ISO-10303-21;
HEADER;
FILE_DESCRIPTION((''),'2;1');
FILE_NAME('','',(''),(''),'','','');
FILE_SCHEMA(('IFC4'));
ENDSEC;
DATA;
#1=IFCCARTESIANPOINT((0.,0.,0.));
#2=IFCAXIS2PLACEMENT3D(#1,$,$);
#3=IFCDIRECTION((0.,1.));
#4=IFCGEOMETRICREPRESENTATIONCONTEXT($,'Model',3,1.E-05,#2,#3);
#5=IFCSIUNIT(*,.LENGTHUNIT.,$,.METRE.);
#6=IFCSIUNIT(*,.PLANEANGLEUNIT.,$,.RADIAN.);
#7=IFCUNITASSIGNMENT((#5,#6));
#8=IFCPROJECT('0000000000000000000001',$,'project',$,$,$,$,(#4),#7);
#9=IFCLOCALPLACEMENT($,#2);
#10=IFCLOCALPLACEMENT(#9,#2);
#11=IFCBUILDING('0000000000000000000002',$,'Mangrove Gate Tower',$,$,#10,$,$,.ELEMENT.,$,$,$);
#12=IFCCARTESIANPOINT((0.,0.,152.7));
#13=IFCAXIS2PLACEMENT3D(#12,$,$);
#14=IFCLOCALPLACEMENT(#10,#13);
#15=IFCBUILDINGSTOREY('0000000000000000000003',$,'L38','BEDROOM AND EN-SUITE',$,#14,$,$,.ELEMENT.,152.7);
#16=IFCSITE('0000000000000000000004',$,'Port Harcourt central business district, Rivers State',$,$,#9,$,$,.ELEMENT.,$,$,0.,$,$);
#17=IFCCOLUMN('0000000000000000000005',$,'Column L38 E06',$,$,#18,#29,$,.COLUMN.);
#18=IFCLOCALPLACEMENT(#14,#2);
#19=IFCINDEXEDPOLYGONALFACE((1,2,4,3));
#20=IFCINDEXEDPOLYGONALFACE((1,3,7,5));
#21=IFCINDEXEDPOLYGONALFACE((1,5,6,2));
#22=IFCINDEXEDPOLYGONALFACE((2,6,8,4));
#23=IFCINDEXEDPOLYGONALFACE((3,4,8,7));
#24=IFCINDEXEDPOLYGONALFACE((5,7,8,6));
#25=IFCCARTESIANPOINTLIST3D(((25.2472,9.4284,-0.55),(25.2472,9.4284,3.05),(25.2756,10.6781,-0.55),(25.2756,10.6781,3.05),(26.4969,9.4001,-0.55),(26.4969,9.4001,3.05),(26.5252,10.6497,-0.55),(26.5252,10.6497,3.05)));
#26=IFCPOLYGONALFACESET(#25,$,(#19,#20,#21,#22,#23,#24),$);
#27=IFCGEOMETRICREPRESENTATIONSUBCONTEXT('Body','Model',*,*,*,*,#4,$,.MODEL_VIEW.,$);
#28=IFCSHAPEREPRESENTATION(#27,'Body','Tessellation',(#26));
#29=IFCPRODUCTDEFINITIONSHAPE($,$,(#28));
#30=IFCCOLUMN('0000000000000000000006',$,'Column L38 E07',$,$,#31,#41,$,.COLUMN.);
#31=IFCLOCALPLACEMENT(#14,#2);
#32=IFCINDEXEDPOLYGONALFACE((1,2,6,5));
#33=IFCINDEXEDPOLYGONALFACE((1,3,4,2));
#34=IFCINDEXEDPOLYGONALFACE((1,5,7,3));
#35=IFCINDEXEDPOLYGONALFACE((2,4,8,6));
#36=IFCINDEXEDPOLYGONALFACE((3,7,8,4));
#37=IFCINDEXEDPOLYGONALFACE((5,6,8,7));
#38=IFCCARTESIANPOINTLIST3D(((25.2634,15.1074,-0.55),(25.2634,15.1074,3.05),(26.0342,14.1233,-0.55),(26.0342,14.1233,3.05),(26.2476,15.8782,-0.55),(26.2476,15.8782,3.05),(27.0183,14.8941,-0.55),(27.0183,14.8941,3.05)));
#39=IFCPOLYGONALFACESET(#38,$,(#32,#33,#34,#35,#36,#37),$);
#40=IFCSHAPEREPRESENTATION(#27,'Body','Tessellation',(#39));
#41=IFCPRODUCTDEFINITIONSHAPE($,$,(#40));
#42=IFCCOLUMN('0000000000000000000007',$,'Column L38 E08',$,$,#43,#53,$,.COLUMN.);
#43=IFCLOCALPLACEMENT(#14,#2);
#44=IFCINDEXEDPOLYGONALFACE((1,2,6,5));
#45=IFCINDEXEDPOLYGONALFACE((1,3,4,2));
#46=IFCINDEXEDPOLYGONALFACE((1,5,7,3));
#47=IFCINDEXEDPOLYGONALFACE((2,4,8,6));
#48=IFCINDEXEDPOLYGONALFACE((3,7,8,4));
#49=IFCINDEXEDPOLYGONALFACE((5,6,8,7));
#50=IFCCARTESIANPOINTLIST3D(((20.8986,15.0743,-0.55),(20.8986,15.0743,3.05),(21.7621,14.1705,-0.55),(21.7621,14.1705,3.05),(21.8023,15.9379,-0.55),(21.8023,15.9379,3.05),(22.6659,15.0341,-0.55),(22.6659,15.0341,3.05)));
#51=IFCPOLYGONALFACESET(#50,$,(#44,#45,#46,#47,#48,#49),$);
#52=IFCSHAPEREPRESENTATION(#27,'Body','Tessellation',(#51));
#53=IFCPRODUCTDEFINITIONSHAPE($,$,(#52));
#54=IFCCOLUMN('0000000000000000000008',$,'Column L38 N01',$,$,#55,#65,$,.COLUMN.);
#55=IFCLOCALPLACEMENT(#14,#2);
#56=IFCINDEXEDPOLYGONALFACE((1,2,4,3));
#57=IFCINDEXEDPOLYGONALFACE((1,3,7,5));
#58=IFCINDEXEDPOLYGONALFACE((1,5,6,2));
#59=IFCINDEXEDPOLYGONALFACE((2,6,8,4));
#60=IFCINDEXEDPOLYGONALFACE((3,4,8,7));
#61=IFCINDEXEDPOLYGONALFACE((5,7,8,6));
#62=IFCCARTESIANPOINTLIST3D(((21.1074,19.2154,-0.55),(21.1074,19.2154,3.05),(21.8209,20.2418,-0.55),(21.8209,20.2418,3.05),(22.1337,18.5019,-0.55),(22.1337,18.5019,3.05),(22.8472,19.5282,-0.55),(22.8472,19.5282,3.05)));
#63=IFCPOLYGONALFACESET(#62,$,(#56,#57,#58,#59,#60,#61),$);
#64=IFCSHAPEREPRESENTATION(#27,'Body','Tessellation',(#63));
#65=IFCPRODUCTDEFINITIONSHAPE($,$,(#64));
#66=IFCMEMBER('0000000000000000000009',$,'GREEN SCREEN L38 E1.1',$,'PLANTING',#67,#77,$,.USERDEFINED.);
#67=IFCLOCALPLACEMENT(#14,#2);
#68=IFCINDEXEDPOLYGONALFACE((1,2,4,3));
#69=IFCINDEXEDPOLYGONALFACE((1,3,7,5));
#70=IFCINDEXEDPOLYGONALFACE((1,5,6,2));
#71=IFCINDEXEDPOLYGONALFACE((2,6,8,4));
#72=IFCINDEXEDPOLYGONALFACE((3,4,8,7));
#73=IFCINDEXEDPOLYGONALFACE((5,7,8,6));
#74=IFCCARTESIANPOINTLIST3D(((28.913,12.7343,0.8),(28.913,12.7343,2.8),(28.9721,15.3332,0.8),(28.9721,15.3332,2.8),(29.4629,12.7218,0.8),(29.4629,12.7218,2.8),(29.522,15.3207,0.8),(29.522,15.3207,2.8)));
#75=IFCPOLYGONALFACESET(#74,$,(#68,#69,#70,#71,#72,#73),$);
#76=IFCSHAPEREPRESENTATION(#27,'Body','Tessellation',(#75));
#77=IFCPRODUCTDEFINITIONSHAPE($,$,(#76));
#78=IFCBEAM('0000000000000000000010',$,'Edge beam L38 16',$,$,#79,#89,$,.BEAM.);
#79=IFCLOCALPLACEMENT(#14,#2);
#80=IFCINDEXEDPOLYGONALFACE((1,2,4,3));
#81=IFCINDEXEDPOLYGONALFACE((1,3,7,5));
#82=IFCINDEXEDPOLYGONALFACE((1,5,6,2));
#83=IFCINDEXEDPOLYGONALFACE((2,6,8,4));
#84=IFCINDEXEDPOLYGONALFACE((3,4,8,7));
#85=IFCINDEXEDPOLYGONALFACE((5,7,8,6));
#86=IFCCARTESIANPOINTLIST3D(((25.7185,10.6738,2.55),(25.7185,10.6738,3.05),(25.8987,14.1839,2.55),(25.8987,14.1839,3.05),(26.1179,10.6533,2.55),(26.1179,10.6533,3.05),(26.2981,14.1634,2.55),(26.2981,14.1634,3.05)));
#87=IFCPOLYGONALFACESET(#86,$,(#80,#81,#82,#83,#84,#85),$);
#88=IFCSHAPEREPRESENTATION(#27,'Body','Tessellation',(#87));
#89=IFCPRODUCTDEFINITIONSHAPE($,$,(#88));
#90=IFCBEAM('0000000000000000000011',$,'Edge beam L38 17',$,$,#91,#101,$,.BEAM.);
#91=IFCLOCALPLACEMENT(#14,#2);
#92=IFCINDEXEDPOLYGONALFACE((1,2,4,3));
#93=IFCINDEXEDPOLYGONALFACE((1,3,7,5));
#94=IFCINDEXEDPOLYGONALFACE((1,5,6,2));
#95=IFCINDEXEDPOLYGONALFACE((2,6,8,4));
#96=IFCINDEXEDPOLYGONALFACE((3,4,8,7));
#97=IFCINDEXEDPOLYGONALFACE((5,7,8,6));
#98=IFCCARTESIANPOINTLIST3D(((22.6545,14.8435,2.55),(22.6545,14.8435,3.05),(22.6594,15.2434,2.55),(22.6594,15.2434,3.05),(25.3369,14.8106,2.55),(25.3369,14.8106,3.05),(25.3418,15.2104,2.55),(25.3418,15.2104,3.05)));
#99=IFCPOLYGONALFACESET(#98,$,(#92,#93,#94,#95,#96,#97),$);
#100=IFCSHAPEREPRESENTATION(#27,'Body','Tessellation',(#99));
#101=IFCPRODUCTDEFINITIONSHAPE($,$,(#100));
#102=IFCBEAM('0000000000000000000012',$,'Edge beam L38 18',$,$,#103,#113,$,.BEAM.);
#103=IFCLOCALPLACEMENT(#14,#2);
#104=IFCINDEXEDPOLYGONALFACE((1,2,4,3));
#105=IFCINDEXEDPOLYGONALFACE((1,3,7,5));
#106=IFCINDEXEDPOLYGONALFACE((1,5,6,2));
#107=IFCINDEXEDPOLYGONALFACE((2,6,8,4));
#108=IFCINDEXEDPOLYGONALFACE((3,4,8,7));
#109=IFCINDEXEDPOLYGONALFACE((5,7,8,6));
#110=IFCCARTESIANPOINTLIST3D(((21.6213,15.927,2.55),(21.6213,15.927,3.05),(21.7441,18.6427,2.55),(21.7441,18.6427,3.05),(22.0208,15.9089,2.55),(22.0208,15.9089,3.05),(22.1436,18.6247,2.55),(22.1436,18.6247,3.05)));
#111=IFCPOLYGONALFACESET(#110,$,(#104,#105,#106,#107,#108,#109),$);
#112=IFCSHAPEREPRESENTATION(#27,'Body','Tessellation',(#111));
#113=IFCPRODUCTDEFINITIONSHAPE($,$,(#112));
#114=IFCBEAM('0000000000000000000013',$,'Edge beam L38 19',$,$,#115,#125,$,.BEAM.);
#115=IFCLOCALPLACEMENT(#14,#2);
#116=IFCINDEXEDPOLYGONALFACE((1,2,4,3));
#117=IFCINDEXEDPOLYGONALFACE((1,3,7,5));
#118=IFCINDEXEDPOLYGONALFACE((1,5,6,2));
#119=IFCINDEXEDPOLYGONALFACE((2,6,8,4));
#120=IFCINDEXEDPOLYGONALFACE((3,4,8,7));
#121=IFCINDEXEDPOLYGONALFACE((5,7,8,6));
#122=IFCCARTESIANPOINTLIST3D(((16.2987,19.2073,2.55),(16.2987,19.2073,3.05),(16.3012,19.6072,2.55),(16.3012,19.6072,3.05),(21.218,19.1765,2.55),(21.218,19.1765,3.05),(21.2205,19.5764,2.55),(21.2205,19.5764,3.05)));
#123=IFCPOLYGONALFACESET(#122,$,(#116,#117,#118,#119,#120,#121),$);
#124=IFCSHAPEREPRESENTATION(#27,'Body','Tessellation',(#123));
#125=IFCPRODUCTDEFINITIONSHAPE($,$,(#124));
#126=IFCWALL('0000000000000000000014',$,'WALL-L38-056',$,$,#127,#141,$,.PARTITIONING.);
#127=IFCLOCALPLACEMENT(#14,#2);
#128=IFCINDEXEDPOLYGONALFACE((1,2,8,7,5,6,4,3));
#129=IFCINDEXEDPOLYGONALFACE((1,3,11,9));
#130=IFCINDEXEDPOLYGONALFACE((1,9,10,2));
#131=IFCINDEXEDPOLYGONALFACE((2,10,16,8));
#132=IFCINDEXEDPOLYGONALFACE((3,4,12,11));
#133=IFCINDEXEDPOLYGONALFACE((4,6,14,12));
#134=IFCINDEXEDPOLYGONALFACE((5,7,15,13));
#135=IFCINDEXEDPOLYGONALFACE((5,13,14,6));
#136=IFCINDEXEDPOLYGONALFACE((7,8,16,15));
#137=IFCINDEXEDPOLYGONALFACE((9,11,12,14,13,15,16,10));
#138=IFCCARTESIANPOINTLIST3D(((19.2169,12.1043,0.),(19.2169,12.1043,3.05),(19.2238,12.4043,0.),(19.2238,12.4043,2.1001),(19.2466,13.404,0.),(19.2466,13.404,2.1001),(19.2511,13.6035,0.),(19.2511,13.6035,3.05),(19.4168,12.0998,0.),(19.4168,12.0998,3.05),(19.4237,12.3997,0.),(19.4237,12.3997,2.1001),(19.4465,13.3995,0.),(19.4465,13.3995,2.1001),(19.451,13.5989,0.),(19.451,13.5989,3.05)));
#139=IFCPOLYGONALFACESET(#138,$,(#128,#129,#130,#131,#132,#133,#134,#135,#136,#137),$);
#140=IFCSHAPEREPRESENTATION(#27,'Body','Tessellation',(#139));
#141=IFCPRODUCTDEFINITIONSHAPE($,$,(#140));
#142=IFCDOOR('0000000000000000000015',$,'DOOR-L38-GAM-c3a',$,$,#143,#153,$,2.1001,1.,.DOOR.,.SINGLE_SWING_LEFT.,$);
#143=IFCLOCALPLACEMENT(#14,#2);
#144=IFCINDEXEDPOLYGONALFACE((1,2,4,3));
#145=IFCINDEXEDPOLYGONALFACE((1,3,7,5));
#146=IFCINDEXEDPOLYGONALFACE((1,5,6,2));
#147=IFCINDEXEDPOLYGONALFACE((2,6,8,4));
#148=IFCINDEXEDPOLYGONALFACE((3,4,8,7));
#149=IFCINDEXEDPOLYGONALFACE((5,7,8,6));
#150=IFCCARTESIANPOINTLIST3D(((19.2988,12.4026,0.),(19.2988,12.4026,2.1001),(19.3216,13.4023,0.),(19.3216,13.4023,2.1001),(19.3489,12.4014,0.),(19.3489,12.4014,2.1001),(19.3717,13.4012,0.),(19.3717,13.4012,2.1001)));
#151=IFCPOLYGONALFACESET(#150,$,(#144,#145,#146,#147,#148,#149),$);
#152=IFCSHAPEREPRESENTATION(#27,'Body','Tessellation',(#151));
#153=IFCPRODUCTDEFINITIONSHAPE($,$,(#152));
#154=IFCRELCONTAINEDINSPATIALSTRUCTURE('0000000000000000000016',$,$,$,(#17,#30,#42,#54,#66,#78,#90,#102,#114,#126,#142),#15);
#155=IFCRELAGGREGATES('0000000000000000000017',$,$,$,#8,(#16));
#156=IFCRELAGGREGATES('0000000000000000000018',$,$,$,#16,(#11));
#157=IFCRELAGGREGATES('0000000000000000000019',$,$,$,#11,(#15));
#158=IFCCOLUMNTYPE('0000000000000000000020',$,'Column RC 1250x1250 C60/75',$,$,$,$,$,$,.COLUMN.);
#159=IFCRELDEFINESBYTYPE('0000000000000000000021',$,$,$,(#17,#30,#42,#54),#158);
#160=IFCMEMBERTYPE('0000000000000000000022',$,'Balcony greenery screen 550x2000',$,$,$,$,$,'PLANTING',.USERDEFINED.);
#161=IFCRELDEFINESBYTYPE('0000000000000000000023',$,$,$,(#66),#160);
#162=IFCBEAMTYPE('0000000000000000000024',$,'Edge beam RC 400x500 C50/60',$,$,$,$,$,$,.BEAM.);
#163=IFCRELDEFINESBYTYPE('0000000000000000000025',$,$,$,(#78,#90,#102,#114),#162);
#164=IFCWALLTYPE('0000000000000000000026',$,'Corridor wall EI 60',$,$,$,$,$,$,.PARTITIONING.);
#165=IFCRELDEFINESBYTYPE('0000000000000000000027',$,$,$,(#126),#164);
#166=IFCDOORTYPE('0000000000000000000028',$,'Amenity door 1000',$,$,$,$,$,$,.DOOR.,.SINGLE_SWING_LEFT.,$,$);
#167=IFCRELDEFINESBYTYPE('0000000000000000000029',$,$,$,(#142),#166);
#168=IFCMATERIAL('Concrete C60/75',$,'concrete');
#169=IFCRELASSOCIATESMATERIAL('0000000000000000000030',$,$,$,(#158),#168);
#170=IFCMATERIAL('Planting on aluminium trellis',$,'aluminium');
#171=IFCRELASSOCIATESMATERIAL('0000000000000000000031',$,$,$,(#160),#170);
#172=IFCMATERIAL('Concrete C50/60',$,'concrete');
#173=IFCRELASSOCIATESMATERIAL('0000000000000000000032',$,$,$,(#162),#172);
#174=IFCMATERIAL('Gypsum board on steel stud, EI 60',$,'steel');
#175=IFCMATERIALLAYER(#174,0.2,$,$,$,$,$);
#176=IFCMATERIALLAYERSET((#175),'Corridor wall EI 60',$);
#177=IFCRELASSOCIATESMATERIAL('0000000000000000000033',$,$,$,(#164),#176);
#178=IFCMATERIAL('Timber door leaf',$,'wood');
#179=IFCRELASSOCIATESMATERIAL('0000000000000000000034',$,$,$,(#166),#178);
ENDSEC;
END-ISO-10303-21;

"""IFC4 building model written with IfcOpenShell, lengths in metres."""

from ifc_helpers import new_model, si_unit, direction, frame, frame_2d, origin, origin_2d, place, context, subcontext, project, spatial, rectangle, extrude, material, layer, layer_set, material_profile, profile_set, type_object, element, fill, save


model = new_model("IFC4")

# Units and contexts
model_context = context("Model", 3, precision=1e-05, world=origin(), true_north=direction((0.0, 1.0)))
body_context = subcontext(model_context, "Body", "Model", "MODEL_VIEW")
ifc_project = project(units=[si_unit("LENGTHUNIT", "METRE"), si_unit("PLANEANGLEUNIT", "RADIAN")], contexts=[model_context])

# Site, building, storey
site_placement = place(None, origin())
site = spatial("IfcSite", under=ifc_project, at=site_placement, Name="Port Harcourt central business district, Rivers State", CompositionType="ELEMENT", RefElevation=0.0)
building_placement = place(site_placement, origin())
building = spatial("IfcBuilding", under=site, at=building_placement, Name="Mangrove Gate Tower", CompositionType="ELEMENT")
storey_placement = place(building_placement, frame((0.0, 0.0, 152.7)))
storey = spatial("IfcBuildingStorey", under=building, at=storey_placement, Name="L38", Description="BEDROOM AND EN-SUITE", CompositionType="ELEMENT", Elevation=152.7)

# Columns
ifc_material_1 = material(Name="Concrete C60/75", Category="concrete")
ifc_material_profile_1 = material_profile(ifc_material_1, rectangle(XDim=1.25, YDim=1.25, at=origin_2d()))
ifc_profile_set_1 = profile_set([ifc_material_profile_1], Name="Concrete C60/75")
column_type = type_object("IfcColumnType", Name="Column RC 1250x1250 C60/75", PredefinedType="COLUMN", material=ifc_profile_set_1)
for number, where, z_axis, x_axis, name in (
    (1, (25.8862, 10.0391, -0.55), (0.0, 0.0, 1.0), (0.02266, 0.999743, 0.0), "Column L38 E06"),
    (2, (26.1409, 15.0007, -0.55), (0.0, 0.0, 1.0), (-0.616592, 0.787283, 0.0), "Column L38 E07"),
    (3, (21.7822, 15.0542, -0.55), (0.0, 0.0, 1.0), (-0.690854, 0.722994, 0.0), "Column L38 E08"),
    (4, (21.9773, 19.3718, -0.55), (0.0, 0.0, 1.0), (-0.821084, 0.570807, 0.0), "Column L38 N01"),
):
    element("IfcColumn", number, at=place(storey_placement, frame(where, z_axis=z_axis, x_axis=x_axis)), inside=storey, type_object=column_type, Name=name, PredefinedType="COLUMN", context=body_context, shape_type="SweptSolid", body=[
        extrude(rectangle(XDim=1.25, YDim=1.25, at=origin_2d()), origin(), (0.0, 0.0, 1.0), 3.6001),
    ])

# Member
ifc_material_2 = material(Name="Planting on aluminium trellis", Category="aluminium")
ifc_material_profile_2 = material_profile(ifc_material_2, rectangle(XDim=0.55, YDim=2.0, at=origin_2d()))
ifc_profile_set_2 = profile_set([ifc_material_profile_2], Name="Planting on aluminium trellis")
member_type = type_object("IfcMemberType", Name="Balcony greenery screen 550x2000", ElementType="PLANTING", PredefinedType="USERDEFINED", material=ifc_profile_set_2)
member_placement = place(storey_placement, frame((29.188, 12.728, 1.8), z_axis=(0.022728, 0.999742, 0.0), x_axis=(-0.999742, 0.022728, 0.0)))
element("IfcMember", 5, at=member_placement, inside=storey, type_object=member_type, Name="GREEN SCREEN L38 E1.1", ObjectType="PLANTING", PredefinedType="USERDEFINED", context=body_context, shape_type="SweptSolid", body=[
    extrude(rectangle(XDim=0.55, YDim=2.0, at=origin_2d()), origin(), (0.0, 0.0, 1.0), 2.5996),
])

# Beams
ifc_material_3 = material(Name="Concrete C50/60", Category="concrete")
ifc_material_profile_3 = material_profile(ifc_material_3, rectangle(XDim=0.3999, YDim=0.5, at=origin_2d()))
ifc_profile_set_3 = profile_set([ifc_material_profile_3], Name="Concrete C50/60")
beam_type = type_object("IfcBeamType", Name="Edge beam RC 400x500 C50/60", PredefinedType="BEAM", material=ifc_profile_set_3)
beam_1_placement = place(storey_placement, frame((25.9182, 10.6636, 2.8), z_axis=(0.051264, 0.998685, 0.0), x_axis=(-0.998685, 0.051264, 0.0)))
element("IfcBeam", 6, at=beam_1_placement, inside=storey, type_object=beam_type, Name="Edge beam L38 16", PredefinedType="BEAM", context=body_context, shape_type="SweptSolid", body=[
    extrude(rectangle(XDim=0.3999, YDim=0.5, at=origin_2d()), origin(), (0.0, 0.0, 1.0), 3.5146),
])
beam_2_placement = place(storey_placement, frame((25.3394, 15.0105, 2.8), z_axis=(-0.999925, 0.012286, 0.0), x_axis=(-0.012286, -0.999925, 0.0)))
element("IfcBeam", 7, at=beam_2_placement, inside=storey, type_object=beam_type, Name="Edge beam L38 17", PredefinedType="BEAM", context=body_context, shape_type="SweptSolid", body=[
    extrude(rectangle(XDim=0.3999, YDim=0.5, at=origin_2d()), origin(), (0.0, 0.0, 1.0), 2.6826),
])
beam_3_placement = place(storey_placement, frame((21.821, 15.918, 2.8), z_axis=(0.045171, 0.998979, 0.0), x_axis=(-0.998979, 0.045171, 0.0)))
element("IfcBeam", 8, at=beam_3_placement, inside=storey, type_object=beam_type, Name="Edge beam L38 18", PredefinedType="BEAM", context=body_context, shape_type="SweptSolid", body=[
    extrude(rectangle(XDim=0.3999, YDim=0.5, at=origin_2d()), origin(), (0.0, 0.0, 1.0), 2.7185),
])
beam_4_placement = place(storey_placement, frame((21.2192, 19.3765, 2.8), z_axis=(-0.99998, 0.006253, 0.0), x_axis=(-0.006253, -0.99998, 0.0)))
element("IfcBeam", 9, at=beam_4_placement, inside=storey, type_object=beam_type, Name="Edge beam L38 19", PredefinedType="BEAM", context=body_context, shape_type="SweptSolid", body=[
    extrude(rectangle(XDim=0.3999, YDim=0.5, at=origin_2d()), origin(), (0.0, 0.0, 1.0), 4.9194),
])

# Wall, opening, door
ifc_material_4 = material(Name="Gypsum board on steel stud, EI 60", Category="steel")
ifc_layer_1 = layer(ifc_material_4, 0.2)
ifc_layer_set_1 = layer_set([ifc_layer_1], Name="Corridor wall EI 60")
wall_type_1 = type_object("IfcWallType", Name="Corridor wall EI 60", PredefinedType="PARTITIONING", material=ifc_layer_set_1)
wall_1_placement = place(storey_placement, frame((19.3169, 12.1021, 0.0), z_axis=(0.0, 0.0, 1.0), x_axis=(0.022795, 0.99974, 0.0)))
wall_1 = element("IfcWall", 10, at=wall_1_placement, inside=storey, type_object=wall_type_1, Name="WALL-L38-056", PredefinedType="PARTITIONING", context=body_context, shape_type="SweptSolid", body=[
    extrude(rectangle(XDim=1.4995, YDim=0.2, at=frame_2d((0.7498, 0.0))), origin(), (0.0, 0.0, 1.0), 3.05),
])
opening_1_placement = place(wall_1_placement, frame((0.3, 0.0, 0.0)))
opening_1 = element("IfcOpeningElement", 11, at=opening_1_placement, cuts=wall_1, PredefinedType="OPENING", context=body_context, shape_type="SweptSolid", body=[
    extrude(rectangle(XDim=1.0, YDim=2.1001, at=frame_2d((0.5, 1.05))), frame((0.0, 0.1099, 0.0), z_axis=(0.0, -1.0, 0.0), x_axis=(1.0, 0.0, 0.0)), (0.0, 0.0, 1.0), 0.22),
])
ifc_material_5 = material(Name="Timber door leaf", Category="wood")
door_type_1 = type_object("IfcDoorType", Name="Amenity door 1000", OperationType="SINGLE_SWING_LEFT", PredefinedType="DOOR", material=ifc_material_5)
door_1_placement = place(opening_1_placement, origin())
door_1 = element("IfcDoor", 12, at=door_1_placement, inside=storey, type_object=door_type_1, Name="DOOR-L38-GAM-c3a", OperationType="SINGLE_SWING_LEFT", OverallHeight=2.1001, OverallWidth=1.0, PredefinedType="DOOR", context=body_context, shape_type="SweptSolid", body=[
    extrude(rectangle(XDim=1.0, YDim=2.1001, at=frame_2d((0.5, 1.05))), frame((0.0, 0.0249, 0.0), z_axis=(0.0, -1.0, 0.0), x_axis=(1.0, 0.0, 0.0)), (0.0, 0.0, 1.0), 0.05),
])
fill(opening_1, door_1)

save(model, "model.ifc")
